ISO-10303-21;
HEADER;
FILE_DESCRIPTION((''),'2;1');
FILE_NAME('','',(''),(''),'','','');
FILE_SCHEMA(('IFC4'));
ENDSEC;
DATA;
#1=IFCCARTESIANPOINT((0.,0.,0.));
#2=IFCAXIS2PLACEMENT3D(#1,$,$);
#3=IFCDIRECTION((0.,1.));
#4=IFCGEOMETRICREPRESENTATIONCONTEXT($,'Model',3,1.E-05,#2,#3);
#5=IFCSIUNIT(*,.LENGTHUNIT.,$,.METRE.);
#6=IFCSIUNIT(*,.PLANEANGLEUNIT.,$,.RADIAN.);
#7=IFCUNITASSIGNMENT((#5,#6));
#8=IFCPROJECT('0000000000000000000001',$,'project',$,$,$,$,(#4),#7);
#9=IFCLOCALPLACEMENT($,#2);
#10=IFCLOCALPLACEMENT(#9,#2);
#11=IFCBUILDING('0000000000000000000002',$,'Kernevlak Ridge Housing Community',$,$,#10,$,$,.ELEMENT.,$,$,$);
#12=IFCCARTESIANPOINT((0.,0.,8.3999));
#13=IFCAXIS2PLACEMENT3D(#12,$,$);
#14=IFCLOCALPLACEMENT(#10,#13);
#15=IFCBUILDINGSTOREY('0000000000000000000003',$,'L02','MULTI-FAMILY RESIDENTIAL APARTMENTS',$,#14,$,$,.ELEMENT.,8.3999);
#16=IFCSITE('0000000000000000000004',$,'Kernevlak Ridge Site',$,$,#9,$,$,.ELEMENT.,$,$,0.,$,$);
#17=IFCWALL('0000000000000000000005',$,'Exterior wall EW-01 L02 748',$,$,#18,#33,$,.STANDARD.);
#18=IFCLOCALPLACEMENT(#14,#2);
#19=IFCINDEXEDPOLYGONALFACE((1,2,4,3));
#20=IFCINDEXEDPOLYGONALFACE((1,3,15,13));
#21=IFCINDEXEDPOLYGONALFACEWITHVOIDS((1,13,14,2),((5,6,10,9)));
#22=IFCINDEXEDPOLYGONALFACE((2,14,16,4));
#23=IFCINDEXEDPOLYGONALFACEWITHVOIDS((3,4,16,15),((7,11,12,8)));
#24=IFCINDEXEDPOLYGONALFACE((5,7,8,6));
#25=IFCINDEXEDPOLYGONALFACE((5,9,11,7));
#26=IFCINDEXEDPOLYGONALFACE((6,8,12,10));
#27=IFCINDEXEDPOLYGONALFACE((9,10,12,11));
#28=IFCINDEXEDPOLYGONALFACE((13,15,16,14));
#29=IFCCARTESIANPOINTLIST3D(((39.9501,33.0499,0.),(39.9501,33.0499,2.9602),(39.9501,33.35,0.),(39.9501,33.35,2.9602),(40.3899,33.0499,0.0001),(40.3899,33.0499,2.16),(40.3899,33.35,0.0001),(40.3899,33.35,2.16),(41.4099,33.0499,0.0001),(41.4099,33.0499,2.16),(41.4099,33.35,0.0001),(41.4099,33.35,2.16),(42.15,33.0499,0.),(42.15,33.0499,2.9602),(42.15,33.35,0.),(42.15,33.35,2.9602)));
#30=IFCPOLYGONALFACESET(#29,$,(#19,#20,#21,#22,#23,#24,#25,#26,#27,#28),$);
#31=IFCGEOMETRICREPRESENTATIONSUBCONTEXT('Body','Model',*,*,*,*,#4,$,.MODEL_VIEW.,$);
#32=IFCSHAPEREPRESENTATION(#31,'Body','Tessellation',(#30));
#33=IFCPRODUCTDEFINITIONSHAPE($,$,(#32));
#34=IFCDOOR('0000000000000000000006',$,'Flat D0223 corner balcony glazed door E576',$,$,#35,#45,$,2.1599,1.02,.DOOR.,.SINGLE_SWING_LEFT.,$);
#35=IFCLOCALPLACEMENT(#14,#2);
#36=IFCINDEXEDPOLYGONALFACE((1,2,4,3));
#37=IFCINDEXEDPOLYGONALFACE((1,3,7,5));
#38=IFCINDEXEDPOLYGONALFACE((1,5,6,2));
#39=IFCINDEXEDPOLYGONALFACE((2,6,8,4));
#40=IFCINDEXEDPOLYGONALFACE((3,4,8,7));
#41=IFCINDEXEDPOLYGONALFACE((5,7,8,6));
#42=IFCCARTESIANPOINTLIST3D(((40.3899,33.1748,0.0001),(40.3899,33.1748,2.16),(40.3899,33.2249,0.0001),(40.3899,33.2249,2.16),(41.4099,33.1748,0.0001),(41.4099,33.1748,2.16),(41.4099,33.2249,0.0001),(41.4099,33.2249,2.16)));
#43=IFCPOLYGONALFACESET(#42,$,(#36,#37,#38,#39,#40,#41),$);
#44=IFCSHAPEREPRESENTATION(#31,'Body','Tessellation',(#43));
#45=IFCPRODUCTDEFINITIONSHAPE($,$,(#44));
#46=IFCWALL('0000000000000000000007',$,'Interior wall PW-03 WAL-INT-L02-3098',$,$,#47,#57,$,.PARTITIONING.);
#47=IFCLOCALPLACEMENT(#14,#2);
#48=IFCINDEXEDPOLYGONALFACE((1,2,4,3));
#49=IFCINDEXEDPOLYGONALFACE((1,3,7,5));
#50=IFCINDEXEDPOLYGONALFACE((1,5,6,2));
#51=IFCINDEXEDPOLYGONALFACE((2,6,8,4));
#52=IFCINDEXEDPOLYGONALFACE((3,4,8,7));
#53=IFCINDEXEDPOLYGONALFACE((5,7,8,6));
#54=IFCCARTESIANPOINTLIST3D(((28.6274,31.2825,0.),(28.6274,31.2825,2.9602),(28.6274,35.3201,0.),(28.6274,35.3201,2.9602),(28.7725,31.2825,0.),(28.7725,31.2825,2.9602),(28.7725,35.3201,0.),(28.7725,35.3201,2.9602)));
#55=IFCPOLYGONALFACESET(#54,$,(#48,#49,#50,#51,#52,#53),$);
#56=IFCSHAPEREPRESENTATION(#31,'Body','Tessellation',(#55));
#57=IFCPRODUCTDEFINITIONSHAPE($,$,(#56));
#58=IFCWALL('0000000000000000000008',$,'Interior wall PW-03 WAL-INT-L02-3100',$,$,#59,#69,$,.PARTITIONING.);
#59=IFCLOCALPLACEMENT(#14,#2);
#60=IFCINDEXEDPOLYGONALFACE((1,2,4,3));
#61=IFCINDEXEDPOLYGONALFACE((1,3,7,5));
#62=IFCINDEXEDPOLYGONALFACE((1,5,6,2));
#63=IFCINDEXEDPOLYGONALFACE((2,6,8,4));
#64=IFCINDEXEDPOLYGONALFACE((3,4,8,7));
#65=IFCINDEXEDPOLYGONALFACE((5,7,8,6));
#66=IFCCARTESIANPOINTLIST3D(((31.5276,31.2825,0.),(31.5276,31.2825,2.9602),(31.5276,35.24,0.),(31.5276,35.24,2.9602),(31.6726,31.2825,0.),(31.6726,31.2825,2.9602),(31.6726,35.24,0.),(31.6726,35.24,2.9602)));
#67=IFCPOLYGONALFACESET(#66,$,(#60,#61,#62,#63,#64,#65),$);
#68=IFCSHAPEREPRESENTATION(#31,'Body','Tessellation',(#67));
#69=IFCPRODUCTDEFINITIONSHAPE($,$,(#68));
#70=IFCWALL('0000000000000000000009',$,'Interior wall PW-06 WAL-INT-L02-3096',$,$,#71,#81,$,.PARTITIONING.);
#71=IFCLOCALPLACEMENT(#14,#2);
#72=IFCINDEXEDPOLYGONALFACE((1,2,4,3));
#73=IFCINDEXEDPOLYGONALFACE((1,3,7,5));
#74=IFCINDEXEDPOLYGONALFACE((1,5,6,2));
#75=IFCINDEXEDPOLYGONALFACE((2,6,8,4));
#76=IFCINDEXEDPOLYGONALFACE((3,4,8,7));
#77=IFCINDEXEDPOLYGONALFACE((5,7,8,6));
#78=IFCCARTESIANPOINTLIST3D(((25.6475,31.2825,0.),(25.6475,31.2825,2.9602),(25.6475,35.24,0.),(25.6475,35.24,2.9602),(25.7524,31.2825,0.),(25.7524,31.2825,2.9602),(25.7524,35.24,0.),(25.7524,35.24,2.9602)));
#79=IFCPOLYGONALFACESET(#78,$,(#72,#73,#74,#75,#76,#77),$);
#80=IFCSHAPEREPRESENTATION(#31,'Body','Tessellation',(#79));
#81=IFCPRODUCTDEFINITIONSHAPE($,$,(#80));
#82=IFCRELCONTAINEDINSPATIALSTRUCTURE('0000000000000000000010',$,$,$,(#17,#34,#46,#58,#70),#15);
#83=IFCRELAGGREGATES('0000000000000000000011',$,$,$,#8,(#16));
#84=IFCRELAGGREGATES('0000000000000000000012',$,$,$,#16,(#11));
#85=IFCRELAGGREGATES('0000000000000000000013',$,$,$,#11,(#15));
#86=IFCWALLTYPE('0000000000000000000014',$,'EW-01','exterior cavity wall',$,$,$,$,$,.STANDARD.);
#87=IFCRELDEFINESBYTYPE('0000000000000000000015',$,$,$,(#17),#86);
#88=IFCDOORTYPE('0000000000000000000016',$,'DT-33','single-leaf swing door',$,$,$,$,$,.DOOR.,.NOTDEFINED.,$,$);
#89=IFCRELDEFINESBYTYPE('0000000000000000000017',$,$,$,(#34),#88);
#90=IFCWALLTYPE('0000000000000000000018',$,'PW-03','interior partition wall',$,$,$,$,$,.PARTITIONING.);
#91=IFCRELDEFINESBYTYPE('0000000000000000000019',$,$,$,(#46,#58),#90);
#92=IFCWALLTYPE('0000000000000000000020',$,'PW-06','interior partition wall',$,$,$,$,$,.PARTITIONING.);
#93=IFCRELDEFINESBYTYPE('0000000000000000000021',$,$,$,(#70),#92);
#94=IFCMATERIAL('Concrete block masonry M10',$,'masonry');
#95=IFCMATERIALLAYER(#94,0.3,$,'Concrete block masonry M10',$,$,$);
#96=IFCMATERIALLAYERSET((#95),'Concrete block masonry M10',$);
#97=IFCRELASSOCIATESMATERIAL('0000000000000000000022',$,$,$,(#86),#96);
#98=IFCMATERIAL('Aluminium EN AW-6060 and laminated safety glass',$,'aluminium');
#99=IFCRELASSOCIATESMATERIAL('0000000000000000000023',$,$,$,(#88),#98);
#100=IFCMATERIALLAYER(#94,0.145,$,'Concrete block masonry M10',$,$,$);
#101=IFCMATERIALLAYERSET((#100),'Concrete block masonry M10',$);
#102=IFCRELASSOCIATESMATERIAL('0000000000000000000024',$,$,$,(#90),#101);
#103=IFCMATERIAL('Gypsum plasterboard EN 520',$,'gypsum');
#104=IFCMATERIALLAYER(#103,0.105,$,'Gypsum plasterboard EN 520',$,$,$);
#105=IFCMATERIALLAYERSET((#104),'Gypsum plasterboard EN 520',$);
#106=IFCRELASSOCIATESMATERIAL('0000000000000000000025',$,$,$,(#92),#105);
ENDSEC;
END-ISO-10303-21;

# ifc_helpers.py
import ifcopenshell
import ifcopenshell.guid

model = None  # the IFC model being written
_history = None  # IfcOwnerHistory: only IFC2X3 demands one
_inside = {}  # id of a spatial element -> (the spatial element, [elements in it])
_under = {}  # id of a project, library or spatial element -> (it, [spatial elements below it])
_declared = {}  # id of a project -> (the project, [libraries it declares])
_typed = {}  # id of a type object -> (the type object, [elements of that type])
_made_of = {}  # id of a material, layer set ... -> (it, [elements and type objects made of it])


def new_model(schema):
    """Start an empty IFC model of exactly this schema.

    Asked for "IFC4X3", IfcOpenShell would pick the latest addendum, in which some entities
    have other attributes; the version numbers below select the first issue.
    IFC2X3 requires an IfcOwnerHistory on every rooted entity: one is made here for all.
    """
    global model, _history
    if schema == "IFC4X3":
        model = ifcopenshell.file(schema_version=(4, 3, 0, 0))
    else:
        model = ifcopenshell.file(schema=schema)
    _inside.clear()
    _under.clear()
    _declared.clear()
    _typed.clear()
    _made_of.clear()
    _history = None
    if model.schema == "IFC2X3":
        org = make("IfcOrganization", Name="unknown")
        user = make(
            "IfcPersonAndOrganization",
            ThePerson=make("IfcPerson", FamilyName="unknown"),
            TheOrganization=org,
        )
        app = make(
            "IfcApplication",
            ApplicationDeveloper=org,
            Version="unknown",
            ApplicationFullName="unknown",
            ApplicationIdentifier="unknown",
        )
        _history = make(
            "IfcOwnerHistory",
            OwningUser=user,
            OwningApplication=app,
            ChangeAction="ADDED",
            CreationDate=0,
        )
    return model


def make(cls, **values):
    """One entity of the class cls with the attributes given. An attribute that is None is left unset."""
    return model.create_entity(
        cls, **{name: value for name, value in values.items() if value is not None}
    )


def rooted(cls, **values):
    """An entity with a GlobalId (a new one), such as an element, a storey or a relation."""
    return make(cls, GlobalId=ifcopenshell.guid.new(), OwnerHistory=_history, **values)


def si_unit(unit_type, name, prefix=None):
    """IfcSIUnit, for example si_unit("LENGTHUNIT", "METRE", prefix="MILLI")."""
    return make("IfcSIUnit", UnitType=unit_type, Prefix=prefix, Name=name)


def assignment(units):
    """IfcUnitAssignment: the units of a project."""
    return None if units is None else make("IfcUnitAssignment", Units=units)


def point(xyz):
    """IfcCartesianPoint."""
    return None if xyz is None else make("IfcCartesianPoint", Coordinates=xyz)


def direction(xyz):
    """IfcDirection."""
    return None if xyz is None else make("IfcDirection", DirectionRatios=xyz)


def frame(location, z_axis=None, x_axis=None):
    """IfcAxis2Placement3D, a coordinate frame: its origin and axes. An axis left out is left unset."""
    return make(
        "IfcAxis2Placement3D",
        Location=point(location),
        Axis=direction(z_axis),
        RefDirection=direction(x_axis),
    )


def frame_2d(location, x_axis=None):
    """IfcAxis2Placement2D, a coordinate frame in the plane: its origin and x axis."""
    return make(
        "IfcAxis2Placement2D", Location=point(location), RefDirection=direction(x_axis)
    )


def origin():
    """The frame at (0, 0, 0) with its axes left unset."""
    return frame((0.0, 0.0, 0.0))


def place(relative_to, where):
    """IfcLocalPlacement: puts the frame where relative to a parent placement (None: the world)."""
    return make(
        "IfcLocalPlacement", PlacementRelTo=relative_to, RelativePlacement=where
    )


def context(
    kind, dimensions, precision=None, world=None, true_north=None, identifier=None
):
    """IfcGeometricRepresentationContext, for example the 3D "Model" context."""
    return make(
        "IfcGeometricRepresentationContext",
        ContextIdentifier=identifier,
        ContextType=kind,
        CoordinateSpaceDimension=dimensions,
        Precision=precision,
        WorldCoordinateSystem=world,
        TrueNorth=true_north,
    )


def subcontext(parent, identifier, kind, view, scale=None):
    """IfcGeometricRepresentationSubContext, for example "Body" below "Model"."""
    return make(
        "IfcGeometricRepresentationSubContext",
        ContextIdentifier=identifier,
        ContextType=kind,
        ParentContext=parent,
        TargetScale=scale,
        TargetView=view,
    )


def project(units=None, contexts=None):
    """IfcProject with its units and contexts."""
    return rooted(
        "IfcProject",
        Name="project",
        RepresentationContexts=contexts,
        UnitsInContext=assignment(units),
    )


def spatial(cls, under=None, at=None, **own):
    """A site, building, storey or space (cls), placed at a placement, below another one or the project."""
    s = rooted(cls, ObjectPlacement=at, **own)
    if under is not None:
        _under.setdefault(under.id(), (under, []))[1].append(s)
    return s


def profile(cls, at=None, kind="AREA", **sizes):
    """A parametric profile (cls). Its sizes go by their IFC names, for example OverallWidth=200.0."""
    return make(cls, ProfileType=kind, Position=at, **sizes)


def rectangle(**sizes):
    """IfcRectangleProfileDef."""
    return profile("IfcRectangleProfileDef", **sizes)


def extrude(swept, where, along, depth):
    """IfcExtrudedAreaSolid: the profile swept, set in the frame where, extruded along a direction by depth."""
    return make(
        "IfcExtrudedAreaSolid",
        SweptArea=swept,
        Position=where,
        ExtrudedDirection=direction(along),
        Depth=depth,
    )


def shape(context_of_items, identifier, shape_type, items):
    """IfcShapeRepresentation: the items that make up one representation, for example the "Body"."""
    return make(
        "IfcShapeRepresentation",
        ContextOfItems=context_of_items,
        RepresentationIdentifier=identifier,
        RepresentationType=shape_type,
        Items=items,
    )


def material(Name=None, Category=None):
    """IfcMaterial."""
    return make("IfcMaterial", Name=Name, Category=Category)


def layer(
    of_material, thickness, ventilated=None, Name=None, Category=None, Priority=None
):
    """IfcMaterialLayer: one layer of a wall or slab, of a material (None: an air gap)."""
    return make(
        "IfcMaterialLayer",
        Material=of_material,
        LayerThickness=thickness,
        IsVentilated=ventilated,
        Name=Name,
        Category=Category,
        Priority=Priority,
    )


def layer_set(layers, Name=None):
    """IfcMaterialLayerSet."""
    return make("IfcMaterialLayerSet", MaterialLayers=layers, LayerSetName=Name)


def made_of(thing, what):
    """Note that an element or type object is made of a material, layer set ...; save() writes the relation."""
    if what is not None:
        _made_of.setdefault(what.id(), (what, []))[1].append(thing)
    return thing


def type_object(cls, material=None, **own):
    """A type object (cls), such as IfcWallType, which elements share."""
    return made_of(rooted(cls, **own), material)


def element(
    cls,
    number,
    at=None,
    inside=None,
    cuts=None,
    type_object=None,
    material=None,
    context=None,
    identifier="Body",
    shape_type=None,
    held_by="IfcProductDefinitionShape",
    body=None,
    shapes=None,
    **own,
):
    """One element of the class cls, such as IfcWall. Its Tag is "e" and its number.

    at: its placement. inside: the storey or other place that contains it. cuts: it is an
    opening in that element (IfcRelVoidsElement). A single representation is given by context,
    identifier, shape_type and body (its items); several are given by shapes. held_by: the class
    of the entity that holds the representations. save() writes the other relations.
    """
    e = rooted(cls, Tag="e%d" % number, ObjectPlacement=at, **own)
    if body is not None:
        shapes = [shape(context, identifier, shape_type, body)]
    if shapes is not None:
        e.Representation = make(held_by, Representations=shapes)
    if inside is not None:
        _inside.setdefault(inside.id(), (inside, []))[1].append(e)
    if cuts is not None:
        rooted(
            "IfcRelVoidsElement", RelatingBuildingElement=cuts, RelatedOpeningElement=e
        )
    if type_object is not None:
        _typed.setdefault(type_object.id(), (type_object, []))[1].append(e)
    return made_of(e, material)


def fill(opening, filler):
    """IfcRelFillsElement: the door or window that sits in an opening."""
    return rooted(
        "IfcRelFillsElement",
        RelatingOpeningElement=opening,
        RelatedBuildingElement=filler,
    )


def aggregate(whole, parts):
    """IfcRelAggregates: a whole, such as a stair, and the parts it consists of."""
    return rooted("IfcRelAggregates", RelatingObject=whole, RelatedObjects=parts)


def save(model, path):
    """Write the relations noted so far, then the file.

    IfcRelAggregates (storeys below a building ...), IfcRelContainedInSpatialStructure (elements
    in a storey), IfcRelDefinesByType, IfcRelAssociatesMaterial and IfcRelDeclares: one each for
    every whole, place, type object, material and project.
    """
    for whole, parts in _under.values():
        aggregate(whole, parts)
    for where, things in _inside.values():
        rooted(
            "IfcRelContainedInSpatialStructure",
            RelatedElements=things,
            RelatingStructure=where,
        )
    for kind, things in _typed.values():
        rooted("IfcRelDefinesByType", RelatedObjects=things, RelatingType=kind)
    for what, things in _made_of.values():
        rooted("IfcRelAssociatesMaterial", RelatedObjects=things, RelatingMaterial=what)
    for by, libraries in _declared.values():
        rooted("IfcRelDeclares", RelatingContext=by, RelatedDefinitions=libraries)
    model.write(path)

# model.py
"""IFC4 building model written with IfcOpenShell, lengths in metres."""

from ifc_helpers import new_model, si_unit, direction, frame, frame_2d, origin, place, context, subcontext, project, spatial, rectangle, extrude, material, layer, layer_set, type_object, element, fill, save


model = new_model("IFC4")

# Units and contexts
model_context = context("Model", 3, precision=1e-05, world=origin(), true_north=direction((0.0, 1.0)))
body_context = subcontext(model_context, "Body", "Model", "MODEL_VIEW")
ifc_project = project(units=[si_unit("LENGTHUNIT", "METRE"), si_unit("PLANEANGLEUNIT", "RADIAN")], contexts=[model_context])

# Site, building, storey
site_placement = place(None, origin())
site = spatial("IfcSite", under=ifc_project, at=site_placement, Name="Kernevlak Ridge Site", CompositionType="ELEMENT", RefElevation=0.0)
building_placement = place(site_placement, origin())
building = spatial("IfcBuilding", under=site, at=building_placement, Name="Kernevlak Ridge Housing Community", CompositionType="ELEMENT")
storey_placement = place(building_placement, frame((0.0, 0.0, 8.3999)))
storey = spatial("IfcBuildingStorey", under=building, at=storey_placement, Name="L02", Description="MULTI-FAMILY RESIDENTIAL APARTMENTS", CompositionType="ELEMENT", Elevation=8.3999)

# Shared definitions
ifc_material_1 = material(Name="Concrete block masonry M10", Category="masonry")
ifc_layer_1 = layer(ifc_material_1, 0.3, Name="Concrete block masonry M10")
ifc_layer_set_1 = layer_set([ifc_layer_1], Name="Concrete block masonry M10")
wall_type_1 = type_object("IfcWallType", Name="EW-01", Description="exterior cavity wall", PredefinedType="STANDARD", material=ifc_layer_set_1)

# Wall, opening, door
wall_1_placement = place(storey_placement, frame((39.95, 33.2, 0.0), z_axis=(0.0, 0.0, 1.0), x_axis=(1.0, 0.0, 0.0)))
wall_1 = element("IfcWall", 1, at=wall_1_placement, inside=storey, type_object=wall_type_1, Name="Exterior wall EW-01 L02 748", PredefinedType="STANDARD", context=body_context, shape_type="SweptSolid", body=[
    extrude(rectangle(XDim=2.2, YDim=0.3, at=frame_2d((1.1001, 0.0))), origin(), (0.0, 0.0, 1.0), 2.9602),
])
opening_1_placement = place(wall_1_placement, frame((0.4399, 0.0, 0.0)))
opening_1 = element("IfcOpeningElement", 2, at=opening_1_placement, cuts=wall_1, PredefinedType="OPENING", context=body_context, shape_type="SweptSolid", body=[
    extrude(rectangle(XDim=1.02, YDim=2.1599, at=frame_2d((0.51, 1.0801))), frame((0.0, 0.1599, 0.0), z_axis=(0.0, -1.0, 0.0), x_axis=(1.0, 0.0, 0.0)), (0.0, 0.0, 1.0), 0.3201),
])
ifc_material_2 = material(Name="Aluminium EN AW-6060 and laminated safety glass", Category="aluminium")
door_type = type_object("IfcDoorType", Name="DT-33", Description="single-leaf swing door", OperationType="NOTDEFINED", PredefinedType="DOOR", material=ifc_material_2)
door_placement = place(opening_1_placement, origin())
door = element("IfcDoor", 3, at=door_placement, inside=storey, type_object=door_type, Name="Flat D0223 corner balcony glazed door E576", OperationType="SINGLE_SWING_LEFT", OverallHeight=2.1599, OverallWidth=1.02, PredefinedType="DOOR", context=body_context, shape_type="SweptSolid", body=[
    extrude(rectangle(XDim=1.02, YDim=2.1599, at=frame_2d((0.51, 1.0801))), frame((0.0, 0.0249, 0.0), z_axis=(0.0, -1.0, 0.0), x_axis=(1.0, 0.0, 0.0)), (0.0, 0.0, 1.0), 0.05),
])
fill(opening_1, door)

# Walls
ifc_layer_2 = layer(ifc_material_1, 0.145, Name="Concrete block masonry M10")
ifc_layer_set_2 = layer_set([ifc_layer_2], Name="Concrete block masonry M10")
wall_type_2 = type_object("IfcWallType", Name="PW-03", Description="interior partition wall", PredefinedType="PARTITIONING", material=ifc_layer_set_2)
wall_2_placement = place(storey_placement, frame((28.7, 31.2825, 0.0), z_axis=(0.0, 0.0, 1.0), x_axis=(0.0, 1.0, 0.0)))
element("IfcWall", 4, at=wall_2_placement, inside=storey, type_object=wall_type_2, Name="Interior wall PW-03 WAL-INT-L02-3098", PredefinedType="PARTITIONING", context=body_context, shape_type="SweptSolid", body=[
    extrude(rectangle(XDim=4.0376, YDim=0.145, at=frame_2d((2.0188, 0.0))), origin(), (0.0, 0.0, 1.0), 2.9602),
])
wall_3_placement = place(storey_placement, frame((31.6001, 31.2825, 0.0), z_axis=(0.0, 0.0, 1.0), x_axis=(0.0, 1.0, 0.0)))
element("IfcWall", 5, at=wall_3_placement, inside=storey, type_object=wall_type_2, Name="Interior wall PW-03 WAL-INT-L02-3100", PredefinedType="PARTITIONING", context=body_context, shape_type="SweptSolid", body=[
    extrude(rectangle(XDim=3.9575, YDim=0.145, at=frame_2d((1.9788, 0.0))), origin(), (0.0, 0.0, 1.0), 2.9602),
])
ifc_material_3 = material(Name="Gypsum plasterboard EN 520", Category="gypsum")
ifc_layer_3 = layer(ifc_material_3, 0.105, Name="Gypsum plasterboard EN 520")
ifc_layer_set_3 = layer_set([ifc_layer_3], Name="Gypsum plasterboard EN 520")
wall_type_3 = type_object("IfcWallType", Name="PW-06", Description="interior partition wall", PredefinedType="PARTITIONING", material=ifc_layer_set_3)
wall_4_placement = place(storey_placement, frame((25.7, 31.2825, 0.0), z_axis=(0.0, 0.0, 1.0), x_axis=(0.0, 1.0, 0.0)))
element("IfcWall", 6, at=wall_4_placement, inside=storey, type_object=wall_type_3, Name="Interior wall PW-06 WAL-INT-L02-3096", PredefinedType="PARTITIONING", context=body_context, shape_type="SweptSolid", body=[
    extrude(rectangle(XDim=3.9575, YDim=0.105, at=frame_2d((1.9788, 0.0))), origin(), (0.0, 0.0, 1.0), 2.9602),
])

save(model, "model.ifc")
